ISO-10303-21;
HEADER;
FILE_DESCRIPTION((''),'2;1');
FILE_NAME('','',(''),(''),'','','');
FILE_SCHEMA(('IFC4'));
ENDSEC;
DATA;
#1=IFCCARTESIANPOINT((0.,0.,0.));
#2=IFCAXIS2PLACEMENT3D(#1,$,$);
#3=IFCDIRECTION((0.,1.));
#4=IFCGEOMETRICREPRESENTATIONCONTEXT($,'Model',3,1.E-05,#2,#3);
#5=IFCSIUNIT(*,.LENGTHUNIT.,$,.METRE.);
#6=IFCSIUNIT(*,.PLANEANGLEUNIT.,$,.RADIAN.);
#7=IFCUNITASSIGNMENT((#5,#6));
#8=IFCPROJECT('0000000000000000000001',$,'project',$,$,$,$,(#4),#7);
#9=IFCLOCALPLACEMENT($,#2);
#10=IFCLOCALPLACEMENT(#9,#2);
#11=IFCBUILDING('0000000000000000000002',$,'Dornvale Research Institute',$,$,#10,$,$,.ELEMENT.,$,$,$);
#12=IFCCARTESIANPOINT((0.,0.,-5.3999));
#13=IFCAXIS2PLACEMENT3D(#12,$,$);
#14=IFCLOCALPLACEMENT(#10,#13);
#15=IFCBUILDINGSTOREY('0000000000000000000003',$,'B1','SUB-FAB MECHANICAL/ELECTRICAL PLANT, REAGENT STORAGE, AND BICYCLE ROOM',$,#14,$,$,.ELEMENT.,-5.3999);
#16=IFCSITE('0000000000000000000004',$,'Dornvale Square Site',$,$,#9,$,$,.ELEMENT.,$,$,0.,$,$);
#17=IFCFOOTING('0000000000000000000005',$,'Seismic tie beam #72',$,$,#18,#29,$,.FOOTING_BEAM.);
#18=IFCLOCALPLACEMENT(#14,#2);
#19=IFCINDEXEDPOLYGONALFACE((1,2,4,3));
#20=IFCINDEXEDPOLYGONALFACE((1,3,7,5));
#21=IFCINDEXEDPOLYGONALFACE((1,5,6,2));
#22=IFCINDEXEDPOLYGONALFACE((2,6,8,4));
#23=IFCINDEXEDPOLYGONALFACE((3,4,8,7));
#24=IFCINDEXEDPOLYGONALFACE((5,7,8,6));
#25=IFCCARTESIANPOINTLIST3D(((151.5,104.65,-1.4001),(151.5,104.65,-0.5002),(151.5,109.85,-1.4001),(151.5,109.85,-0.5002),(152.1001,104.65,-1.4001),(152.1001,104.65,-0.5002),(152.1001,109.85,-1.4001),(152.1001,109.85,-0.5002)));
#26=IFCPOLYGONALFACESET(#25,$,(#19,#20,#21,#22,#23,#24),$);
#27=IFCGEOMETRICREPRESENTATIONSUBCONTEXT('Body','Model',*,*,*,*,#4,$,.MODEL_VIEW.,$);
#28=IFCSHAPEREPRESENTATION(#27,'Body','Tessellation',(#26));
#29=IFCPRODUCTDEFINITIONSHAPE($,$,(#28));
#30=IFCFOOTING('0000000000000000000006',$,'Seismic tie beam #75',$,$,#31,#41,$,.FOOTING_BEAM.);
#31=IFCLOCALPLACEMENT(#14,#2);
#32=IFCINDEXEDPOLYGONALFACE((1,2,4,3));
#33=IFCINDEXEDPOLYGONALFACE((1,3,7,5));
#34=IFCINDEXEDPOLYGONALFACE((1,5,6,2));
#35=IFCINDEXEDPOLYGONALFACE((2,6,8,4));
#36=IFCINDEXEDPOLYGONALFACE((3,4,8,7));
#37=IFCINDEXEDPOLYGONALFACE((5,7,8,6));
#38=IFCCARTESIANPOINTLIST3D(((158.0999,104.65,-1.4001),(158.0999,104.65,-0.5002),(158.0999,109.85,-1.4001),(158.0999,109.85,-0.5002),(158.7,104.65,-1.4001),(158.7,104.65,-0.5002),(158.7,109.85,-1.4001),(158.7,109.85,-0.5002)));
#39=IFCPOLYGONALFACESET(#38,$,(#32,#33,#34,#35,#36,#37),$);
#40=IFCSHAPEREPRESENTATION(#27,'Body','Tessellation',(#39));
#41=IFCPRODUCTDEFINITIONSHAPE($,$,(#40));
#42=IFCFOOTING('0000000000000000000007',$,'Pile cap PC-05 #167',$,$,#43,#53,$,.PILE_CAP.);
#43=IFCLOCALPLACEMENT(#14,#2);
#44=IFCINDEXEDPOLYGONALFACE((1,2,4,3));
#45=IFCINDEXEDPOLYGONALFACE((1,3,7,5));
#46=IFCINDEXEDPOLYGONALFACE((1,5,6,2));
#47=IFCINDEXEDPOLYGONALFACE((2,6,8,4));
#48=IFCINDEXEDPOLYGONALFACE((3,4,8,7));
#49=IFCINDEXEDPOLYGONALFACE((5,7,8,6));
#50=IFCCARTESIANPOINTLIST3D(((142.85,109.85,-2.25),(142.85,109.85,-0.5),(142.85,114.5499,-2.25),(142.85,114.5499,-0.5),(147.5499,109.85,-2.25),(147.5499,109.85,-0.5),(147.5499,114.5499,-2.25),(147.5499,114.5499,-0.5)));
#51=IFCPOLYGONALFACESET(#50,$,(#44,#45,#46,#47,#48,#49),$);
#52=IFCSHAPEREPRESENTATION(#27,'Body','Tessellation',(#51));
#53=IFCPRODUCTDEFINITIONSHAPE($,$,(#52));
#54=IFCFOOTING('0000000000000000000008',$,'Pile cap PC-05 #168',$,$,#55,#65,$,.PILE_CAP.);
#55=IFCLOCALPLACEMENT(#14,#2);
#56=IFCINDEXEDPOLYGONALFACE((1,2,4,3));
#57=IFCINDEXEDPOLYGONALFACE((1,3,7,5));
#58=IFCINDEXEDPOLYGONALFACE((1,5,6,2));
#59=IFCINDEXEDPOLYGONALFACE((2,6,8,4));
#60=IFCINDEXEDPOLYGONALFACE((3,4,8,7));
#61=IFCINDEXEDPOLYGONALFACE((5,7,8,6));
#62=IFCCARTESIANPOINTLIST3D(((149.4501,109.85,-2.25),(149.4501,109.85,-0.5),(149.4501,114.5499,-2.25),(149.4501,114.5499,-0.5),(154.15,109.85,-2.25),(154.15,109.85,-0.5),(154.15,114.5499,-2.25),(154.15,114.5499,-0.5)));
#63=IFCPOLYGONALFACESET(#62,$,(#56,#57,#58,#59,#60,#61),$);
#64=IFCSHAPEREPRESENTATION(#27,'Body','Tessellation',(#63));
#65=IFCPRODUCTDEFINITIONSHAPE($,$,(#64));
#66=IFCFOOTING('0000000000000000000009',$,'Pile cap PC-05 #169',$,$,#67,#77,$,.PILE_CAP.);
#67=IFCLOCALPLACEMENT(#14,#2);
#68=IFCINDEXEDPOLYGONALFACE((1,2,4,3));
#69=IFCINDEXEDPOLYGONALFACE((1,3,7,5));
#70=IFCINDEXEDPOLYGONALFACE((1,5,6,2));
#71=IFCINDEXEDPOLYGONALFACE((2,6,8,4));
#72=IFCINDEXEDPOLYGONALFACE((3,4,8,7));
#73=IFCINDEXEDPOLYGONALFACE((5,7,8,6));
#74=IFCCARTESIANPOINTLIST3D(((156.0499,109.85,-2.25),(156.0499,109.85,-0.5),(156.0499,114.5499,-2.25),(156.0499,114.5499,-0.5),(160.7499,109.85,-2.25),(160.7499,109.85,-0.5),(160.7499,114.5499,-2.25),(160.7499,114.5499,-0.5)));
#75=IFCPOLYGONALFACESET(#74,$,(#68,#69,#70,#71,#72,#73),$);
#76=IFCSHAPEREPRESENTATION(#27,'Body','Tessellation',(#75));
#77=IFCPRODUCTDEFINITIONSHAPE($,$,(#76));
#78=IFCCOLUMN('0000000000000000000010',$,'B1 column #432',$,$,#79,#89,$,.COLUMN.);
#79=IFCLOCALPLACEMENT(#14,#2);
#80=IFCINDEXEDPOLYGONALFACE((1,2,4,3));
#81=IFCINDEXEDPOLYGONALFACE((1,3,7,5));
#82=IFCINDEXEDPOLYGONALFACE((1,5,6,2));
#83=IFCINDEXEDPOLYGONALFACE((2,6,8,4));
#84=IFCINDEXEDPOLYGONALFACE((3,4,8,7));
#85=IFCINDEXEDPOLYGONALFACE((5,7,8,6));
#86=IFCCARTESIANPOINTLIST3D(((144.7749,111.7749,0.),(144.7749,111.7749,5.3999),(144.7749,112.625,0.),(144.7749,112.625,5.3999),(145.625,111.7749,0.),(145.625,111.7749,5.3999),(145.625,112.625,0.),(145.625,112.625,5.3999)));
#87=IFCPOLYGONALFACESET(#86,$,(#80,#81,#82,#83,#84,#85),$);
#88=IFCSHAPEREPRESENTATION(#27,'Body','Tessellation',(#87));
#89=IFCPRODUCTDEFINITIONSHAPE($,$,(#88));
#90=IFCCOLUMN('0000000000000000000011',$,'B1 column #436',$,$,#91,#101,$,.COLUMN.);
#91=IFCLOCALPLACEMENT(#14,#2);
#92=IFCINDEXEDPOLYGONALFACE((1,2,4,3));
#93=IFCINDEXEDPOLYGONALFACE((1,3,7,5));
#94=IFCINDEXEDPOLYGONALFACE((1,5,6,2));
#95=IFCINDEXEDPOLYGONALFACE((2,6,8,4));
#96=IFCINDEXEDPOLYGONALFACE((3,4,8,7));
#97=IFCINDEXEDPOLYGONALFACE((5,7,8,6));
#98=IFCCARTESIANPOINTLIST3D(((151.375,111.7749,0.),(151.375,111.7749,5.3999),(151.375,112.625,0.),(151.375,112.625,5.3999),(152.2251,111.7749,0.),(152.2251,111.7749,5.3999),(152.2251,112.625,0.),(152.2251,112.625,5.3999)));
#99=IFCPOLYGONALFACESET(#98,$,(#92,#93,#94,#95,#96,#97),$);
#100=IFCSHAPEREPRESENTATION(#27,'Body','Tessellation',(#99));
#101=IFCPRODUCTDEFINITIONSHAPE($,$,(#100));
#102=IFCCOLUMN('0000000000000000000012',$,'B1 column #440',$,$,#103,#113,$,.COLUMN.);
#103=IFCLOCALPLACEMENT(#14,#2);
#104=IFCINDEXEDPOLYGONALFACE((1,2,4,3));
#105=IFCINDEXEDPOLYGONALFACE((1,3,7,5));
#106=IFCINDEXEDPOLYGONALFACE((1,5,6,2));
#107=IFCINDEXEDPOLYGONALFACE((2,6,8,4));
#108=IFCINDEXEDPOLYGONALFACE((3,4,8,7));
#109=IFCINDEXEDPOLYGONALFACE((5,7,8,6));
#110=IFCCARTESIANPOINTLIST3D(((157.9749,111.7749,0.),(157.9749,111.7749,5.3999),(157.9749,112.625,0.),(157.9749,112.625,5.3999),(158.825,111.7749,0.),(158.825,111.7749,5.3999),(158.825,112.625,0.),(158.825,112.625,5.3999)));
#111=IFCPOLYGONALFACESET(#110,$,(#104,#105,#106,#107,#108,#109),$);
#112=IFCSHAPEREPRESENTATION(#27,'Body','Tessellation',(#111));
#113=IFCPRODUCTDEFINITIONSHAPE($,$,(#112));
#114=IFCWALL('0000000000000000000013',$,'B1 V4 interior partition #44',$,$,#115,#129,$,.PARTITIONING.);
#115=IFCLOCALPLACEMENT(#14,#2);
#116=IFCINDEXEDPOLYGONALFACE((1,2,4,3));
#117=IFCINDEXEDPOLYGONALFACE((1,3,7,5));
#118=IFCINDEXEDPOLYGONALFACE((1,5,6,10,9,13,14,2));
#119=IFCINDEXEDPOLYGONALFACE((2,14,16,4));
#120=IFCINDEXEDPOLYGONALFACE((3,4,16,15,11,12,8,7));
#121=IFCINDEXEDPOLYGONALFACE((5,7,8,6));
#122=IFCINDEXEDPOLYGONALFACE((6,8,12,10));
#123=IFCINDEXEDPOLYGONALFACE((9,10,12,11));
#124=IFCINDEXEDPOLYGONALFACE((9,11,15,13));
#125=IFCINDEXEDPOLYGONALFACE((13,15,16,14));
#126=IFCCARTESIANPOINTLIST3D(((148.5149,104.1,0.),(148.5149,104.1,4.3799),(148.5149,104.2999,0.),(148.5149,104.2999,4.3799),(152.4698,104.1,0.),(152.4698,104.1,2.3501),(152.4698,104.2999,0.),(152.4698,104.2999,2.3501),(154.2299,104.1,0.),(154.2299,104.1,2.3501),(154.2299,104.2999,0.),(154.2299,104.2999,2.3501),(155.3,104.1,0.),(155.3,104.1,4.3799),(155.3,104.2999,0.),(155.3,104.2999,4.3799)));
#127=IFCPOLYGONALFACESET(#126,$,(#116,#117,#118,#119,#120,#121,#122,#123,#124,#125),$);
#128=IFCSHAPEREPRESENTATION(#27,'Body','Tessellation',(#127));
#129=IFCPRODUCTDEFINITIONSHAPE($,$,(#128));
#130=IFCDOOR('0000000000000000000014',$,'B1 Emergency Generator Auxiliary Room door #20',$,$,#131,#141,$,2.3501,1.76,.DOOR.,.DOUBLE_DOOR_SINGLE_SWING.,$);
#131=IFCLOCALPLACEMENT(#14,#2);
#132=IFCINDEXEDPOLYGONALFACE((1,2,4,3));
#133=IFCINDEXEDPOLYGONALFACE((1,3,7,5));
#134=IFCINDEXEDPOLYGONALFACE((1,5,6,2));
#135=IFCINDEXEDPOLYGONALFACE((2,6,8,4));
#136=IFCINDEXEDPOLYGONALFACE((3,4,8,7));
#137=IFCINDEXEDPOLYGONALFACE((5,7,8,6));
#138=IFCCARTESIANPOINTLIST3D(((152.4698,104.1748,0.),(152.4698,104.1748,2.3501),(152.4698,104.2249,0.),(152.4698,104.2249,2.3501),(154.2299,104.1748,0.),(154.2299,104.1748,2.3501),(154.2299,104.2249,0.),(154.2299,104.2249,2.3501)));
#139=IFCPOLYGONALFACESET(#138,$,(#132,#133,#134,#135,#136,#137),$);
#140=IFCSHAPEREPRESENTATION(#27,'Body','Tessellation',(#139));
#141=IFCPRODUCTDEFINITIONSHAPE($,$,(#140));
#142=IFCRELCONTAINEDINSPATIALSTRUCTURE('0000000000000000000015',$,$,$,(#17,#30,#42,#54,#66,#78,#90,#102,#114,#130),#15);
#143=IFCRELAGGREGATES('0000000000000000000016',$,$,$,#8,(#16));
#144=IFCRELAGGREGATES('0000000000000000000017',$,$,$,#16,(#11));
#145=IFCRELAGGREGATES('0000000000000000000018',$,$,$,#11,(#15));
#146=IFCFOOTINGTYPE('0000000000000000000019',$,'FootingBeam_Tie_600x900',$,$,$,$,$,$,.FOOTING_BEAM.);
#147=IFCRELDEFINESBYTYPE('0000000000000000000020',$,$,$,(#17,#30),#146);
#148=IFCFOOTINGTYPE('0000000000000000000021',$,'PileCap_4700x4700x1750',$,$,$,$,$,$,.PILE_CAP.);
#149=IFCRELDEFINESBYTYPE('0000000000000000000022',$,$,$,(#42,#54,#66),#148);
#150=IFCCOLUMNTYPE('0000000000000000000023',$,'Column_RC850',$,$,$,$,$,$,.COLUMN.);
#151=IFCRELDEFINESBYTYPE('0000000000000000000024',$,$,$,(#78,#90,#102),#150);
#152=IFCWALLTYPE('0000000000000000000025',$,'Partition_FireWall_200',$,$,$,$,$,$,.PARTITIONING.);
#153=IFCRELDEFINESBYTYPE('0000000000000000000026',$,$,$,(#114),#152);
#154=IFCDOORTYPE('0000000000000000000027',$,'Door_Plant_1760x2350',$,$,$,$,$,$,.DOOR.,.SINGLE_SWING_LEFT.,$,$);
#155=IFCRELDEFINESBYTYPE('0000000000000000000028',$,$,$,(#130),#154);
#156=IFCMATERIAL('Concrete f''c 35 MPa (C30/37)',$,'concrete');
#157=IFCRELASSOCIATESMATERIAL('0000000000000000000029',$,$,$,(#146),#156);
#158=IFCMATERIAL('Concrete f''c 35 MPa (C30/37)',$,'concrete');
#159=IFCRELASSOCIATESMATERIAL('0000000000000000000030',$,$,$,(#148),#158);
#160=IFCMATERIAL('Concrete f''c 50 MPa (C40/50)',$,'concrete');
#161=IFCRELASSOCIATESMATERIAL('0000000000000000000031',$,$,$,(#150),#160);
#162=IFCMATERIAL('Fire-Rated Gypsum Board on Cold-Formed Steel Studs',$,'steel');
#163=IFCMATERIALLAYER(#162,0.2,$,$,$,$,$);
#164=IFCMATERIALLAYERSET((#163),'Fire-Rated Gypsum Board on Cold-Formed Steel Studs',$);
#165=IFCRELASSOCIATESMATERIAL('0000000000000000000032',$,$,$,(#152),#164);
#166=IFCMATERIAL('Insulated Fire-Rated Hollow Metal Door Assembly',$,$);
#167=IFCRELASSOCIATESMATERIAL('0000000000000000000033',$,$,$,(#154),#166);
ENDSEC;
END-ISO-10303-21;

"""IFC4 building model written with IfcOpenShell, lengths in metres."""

from ifc_helpers import new_model, si_unit, direction, frame, frame_2d, origin, origin_2d, place, context, subcontext, project, spatial, rectangle, extrude, material, layer, layer_set, material_profile, profile_set, type_object, element, fill, save


model = new_model("IFC4")

# Units and contexts
model_context = context("Model", 3, precision=1e-05, world=origin(), true_north=direction((0.0, 1.0)))
body_context = subcontext(model_context, "Body", "Model", "MODEL_VIEW")
ifc_project = project(units=[si_unit("LENGTHUNIT", "METRE"), si_unit("PLANEANGLEUNIT", "RADIAN")], contexts=[model_context])

# Site, building, storey
site_placement = place(None, origin())
site = spatial("IfcSite", under=ifc_project, at=site_placement, Name="Dornvale Square Site", CompositionType="ELEMENT", RefElevation=0.0)
building_placement = place(site_placement, origin())
building = spatial("IfcBuilding", under=site, at=building_placement, Name="Dornvale Research Institute", CompositionType="ELEMENT")
storey_placement = place(building_placement, frame((0.0, 0.0, -5.3999)))
storey = spatial("IfcBuildingStorey", under=building, at=storey_placement, Name="B1", Description="SUB-FAB MECHANICAL/ELECTRICAL PLANT, REAGENT STORAGE, AND BICYCLE ROOM", CompositionType="ELEMENT", Elevation=-5.3999)

# Footings
ifc_material_1 = material(Name="Concrete f'c 35 MPa (C30/37)", Category="concrete")
footing_type_1 = type_object("IfcFootingType", Name="FootingBeam_Tie_600x900", PredefinedType="FOOTING_BEAM", material=ifc_material_1)
for number, where, z_axis, x_axis, name in (
    (1, (151.8, 107.25, -1.4001), (0.0, 0.0, 1.0), (0.0, 1.0, 0.0), "Seismic tie beam #72"),
    (2, (158.3999, 107.25, -1.4001), (0.0, 0.0, 1.0), (0.0, 1.0, 0.0), "Seismic tie beam #75"),
):
    element("IfcFooting", number, at=place(storey_placement, frame(where, z_axis=z_axis, x_axis=x_axis)), inside=storey, type_object=footing_type_1, Name=name, PredefinedType="FOOTING_BEAM", context=body_context, shape_type="SweptSolid", body=[
        extrude(rectangle(XDim=5.2, YDim=0.6001, at=origin_2d()), origin(), (0.0, 0.0, 1.0), 0.8999),
    ])
ifc_material_2 = material(Name="Concrete f'c 35 MPa (C30/37)", Category="concrete")
footing_type_2 = type_object("IfcFootingType", Name="PileCap_4700x4700x1750", PredefinedType="PILE_CAP", material=ifc_material_2)
for number, where, z_axis, x_axis, name in (
    (3, (145.2, 112.2, -2.25), (0.0, 0.0, 1.0), (1.0, 0.0, 0.0), "Pile cap PC-05 #167"),
    (4, (151.8, 112.2, -2.25), (0.0, 0.0, 1.0), (1.0, 0.0, 0.0), "Pile cap PC-05 #168"),
    (5, (158.3999, 112.2, -2.25), (0.0, 0.0, 1.0), (1.0, 0.0, 0.0), "Pile cap PC-05 #169"),
):
    element("IfcFooting", number, at=place(storey_placement, frame(where, z_axis=z_axis, x_axis=x_axis)), inside=storey, type_object=footing_type_2, Name=name, PredefinedType="PILE_CAP", context=body_context, shape_type="SweptSolid", body=[
        extrude(rectangle(XDim=4.7, YDim=4.7, at=origin_2d()), origin(), (0.0, 0.0, 1.0), 1.75),
    ])

# Columns
ifc_material_3 = material(Name="Concrete f'c 50 MPa (C40/50)", Category="concrete")
ifc_material_profile_1 = material_profile(ifc_material_3, rectangle(XDim=0.8501, YDim=0.8501, at=origin_2d()), Name="RC 850x850")
ifc_profile_set_1 = profile_set([ifc_material_profile_1], Name="Concrete f'c 50 MPa (C40/50)")
column_type = type_object("IfcColumnType", Name="Column_RC850", PredefinedType="COLUMN", material=ifc_profile_set_1)
for number, where, z_axis, x_axis, name in (
    (6, (145.2, 112.2, 0.0), (0.0, 0.0, 1.0), (1.0, 0.0, 0.0), "B1 column #432"),
    (7, (151.8, 112.2, 0.0), (0.0, 0.0, 1.0), (1.0, 0.0, 0.0), "B1 column #436"),
    (8, (158.3999, 112.2, 0.0), (0.0, 0.0, 1.0), (1.0, 0.0, 0.0), "B1 column #440"),
):
    element("IfcColumn", number, at=place(storey_placement, frame(where, z_axis=z_axis, x_axis=x_axis)), inside=storey, type_object=column_type, Name=name, PredefinedType="COLUMN", context=body_context, shape_type="SweptSolid", body=[
        extrude(rectangle(XDim=0.8501, YDim=0.8501, at=origin_2d()), origin(), (0.0, 0.0, 1.0), 5.3999),
    ])

# Wall, opening, door
ifc_material_4 = material(Name="Fire-Rated Gypsum Board on Cold-Formed Steel Studs", Category="steel")
ifc_layer = layer(ifc_material_4, 0.2)
ifc_layer_set = layer_set([ifc_layer], Name="Fire-Rated Gypsum Board on Cold-Formed Steel Studs")
wall_type = type_object("IfcWallType", Name="Partition_FireWall_200", PredefinedType="PARTITIONING", material=ifc_layer_set)
wall_placement = place(storey_placement, frame((148.5149, 104.2, 0.0), z_axis=(0.0, 0.0, 1.0), x_axis=(1.0, 0.0, 0.0)))
wall = element("IfcWall", 9, at=wall_placement, inside=storey, type_object=wall_type, Name="B1 V4 interior partition #44", PredefinedType="PARTITIONING", context=body_context, shape_type="SweptSolid", body=[
    extrude(rectangle(XDim=6.7852, YDim=0.2, at=frame_2d((3.3926, 0.0))), origin(), (0.0, 0.0, 1.0), 4.3799),
])
opening_placement = place(wall_placement, frame((3.9551, 0.0, 0.0)))
opening = element("IfcOpeningElement", 10, at=opening_placement, cuts=wall, PredefinedType="OPENING", context=body_context, shape_type="SweptSolid", body=[
    extrude(rectangle(XDim=1.76, YDim=2.3501, at=frame_2d((0.8799, 1.175))), frame((0.0, 0.115, 0.0), z_axis=(0.0, -1.0, 0.0), x_axis=(1.0, 0.0, 0.0)), (0.0, 0.0, 1.0), 0.23),
])
ifc_material_5 = material(Name="Insulated Fire-Rated Hollow Metal Door Assembly")
door_type = type_object("IfcDoorType", Name="Door_Plant_1760x2350", OperationType="SINGLE_SWING_LEFT", PredefinedType="DOOR", material=ifc_material_5)
door_placement = place(opening_placement, origin())
door = element("IfcDoor", 11, at=door_placement, inside=storey, type_object=door_type, Name="B1 Emergency Generator Auxiliary Room door #20", OperationType="DOUBLE_DOOR_SINGLE_SWING", OverallHeight=2.3501, OverallWidth=1.76, PredefinedType="DOOR", context=body_context, shape_type="SweptSolid", body=[
    extrude(rectangle(XDim=1.76, YDim=2.3501, at=frame_2d((0.8799, 1.175))), frame((0.0, 0.0249, 0.0), z_axis=(0.0, -1.0, 0.0), x_axis=(1.0, 0.0, 0.0)), (0.0, 0.0, 1.0), 0.05),
])
fill(opening, door)

save(model, "model.ifc")
